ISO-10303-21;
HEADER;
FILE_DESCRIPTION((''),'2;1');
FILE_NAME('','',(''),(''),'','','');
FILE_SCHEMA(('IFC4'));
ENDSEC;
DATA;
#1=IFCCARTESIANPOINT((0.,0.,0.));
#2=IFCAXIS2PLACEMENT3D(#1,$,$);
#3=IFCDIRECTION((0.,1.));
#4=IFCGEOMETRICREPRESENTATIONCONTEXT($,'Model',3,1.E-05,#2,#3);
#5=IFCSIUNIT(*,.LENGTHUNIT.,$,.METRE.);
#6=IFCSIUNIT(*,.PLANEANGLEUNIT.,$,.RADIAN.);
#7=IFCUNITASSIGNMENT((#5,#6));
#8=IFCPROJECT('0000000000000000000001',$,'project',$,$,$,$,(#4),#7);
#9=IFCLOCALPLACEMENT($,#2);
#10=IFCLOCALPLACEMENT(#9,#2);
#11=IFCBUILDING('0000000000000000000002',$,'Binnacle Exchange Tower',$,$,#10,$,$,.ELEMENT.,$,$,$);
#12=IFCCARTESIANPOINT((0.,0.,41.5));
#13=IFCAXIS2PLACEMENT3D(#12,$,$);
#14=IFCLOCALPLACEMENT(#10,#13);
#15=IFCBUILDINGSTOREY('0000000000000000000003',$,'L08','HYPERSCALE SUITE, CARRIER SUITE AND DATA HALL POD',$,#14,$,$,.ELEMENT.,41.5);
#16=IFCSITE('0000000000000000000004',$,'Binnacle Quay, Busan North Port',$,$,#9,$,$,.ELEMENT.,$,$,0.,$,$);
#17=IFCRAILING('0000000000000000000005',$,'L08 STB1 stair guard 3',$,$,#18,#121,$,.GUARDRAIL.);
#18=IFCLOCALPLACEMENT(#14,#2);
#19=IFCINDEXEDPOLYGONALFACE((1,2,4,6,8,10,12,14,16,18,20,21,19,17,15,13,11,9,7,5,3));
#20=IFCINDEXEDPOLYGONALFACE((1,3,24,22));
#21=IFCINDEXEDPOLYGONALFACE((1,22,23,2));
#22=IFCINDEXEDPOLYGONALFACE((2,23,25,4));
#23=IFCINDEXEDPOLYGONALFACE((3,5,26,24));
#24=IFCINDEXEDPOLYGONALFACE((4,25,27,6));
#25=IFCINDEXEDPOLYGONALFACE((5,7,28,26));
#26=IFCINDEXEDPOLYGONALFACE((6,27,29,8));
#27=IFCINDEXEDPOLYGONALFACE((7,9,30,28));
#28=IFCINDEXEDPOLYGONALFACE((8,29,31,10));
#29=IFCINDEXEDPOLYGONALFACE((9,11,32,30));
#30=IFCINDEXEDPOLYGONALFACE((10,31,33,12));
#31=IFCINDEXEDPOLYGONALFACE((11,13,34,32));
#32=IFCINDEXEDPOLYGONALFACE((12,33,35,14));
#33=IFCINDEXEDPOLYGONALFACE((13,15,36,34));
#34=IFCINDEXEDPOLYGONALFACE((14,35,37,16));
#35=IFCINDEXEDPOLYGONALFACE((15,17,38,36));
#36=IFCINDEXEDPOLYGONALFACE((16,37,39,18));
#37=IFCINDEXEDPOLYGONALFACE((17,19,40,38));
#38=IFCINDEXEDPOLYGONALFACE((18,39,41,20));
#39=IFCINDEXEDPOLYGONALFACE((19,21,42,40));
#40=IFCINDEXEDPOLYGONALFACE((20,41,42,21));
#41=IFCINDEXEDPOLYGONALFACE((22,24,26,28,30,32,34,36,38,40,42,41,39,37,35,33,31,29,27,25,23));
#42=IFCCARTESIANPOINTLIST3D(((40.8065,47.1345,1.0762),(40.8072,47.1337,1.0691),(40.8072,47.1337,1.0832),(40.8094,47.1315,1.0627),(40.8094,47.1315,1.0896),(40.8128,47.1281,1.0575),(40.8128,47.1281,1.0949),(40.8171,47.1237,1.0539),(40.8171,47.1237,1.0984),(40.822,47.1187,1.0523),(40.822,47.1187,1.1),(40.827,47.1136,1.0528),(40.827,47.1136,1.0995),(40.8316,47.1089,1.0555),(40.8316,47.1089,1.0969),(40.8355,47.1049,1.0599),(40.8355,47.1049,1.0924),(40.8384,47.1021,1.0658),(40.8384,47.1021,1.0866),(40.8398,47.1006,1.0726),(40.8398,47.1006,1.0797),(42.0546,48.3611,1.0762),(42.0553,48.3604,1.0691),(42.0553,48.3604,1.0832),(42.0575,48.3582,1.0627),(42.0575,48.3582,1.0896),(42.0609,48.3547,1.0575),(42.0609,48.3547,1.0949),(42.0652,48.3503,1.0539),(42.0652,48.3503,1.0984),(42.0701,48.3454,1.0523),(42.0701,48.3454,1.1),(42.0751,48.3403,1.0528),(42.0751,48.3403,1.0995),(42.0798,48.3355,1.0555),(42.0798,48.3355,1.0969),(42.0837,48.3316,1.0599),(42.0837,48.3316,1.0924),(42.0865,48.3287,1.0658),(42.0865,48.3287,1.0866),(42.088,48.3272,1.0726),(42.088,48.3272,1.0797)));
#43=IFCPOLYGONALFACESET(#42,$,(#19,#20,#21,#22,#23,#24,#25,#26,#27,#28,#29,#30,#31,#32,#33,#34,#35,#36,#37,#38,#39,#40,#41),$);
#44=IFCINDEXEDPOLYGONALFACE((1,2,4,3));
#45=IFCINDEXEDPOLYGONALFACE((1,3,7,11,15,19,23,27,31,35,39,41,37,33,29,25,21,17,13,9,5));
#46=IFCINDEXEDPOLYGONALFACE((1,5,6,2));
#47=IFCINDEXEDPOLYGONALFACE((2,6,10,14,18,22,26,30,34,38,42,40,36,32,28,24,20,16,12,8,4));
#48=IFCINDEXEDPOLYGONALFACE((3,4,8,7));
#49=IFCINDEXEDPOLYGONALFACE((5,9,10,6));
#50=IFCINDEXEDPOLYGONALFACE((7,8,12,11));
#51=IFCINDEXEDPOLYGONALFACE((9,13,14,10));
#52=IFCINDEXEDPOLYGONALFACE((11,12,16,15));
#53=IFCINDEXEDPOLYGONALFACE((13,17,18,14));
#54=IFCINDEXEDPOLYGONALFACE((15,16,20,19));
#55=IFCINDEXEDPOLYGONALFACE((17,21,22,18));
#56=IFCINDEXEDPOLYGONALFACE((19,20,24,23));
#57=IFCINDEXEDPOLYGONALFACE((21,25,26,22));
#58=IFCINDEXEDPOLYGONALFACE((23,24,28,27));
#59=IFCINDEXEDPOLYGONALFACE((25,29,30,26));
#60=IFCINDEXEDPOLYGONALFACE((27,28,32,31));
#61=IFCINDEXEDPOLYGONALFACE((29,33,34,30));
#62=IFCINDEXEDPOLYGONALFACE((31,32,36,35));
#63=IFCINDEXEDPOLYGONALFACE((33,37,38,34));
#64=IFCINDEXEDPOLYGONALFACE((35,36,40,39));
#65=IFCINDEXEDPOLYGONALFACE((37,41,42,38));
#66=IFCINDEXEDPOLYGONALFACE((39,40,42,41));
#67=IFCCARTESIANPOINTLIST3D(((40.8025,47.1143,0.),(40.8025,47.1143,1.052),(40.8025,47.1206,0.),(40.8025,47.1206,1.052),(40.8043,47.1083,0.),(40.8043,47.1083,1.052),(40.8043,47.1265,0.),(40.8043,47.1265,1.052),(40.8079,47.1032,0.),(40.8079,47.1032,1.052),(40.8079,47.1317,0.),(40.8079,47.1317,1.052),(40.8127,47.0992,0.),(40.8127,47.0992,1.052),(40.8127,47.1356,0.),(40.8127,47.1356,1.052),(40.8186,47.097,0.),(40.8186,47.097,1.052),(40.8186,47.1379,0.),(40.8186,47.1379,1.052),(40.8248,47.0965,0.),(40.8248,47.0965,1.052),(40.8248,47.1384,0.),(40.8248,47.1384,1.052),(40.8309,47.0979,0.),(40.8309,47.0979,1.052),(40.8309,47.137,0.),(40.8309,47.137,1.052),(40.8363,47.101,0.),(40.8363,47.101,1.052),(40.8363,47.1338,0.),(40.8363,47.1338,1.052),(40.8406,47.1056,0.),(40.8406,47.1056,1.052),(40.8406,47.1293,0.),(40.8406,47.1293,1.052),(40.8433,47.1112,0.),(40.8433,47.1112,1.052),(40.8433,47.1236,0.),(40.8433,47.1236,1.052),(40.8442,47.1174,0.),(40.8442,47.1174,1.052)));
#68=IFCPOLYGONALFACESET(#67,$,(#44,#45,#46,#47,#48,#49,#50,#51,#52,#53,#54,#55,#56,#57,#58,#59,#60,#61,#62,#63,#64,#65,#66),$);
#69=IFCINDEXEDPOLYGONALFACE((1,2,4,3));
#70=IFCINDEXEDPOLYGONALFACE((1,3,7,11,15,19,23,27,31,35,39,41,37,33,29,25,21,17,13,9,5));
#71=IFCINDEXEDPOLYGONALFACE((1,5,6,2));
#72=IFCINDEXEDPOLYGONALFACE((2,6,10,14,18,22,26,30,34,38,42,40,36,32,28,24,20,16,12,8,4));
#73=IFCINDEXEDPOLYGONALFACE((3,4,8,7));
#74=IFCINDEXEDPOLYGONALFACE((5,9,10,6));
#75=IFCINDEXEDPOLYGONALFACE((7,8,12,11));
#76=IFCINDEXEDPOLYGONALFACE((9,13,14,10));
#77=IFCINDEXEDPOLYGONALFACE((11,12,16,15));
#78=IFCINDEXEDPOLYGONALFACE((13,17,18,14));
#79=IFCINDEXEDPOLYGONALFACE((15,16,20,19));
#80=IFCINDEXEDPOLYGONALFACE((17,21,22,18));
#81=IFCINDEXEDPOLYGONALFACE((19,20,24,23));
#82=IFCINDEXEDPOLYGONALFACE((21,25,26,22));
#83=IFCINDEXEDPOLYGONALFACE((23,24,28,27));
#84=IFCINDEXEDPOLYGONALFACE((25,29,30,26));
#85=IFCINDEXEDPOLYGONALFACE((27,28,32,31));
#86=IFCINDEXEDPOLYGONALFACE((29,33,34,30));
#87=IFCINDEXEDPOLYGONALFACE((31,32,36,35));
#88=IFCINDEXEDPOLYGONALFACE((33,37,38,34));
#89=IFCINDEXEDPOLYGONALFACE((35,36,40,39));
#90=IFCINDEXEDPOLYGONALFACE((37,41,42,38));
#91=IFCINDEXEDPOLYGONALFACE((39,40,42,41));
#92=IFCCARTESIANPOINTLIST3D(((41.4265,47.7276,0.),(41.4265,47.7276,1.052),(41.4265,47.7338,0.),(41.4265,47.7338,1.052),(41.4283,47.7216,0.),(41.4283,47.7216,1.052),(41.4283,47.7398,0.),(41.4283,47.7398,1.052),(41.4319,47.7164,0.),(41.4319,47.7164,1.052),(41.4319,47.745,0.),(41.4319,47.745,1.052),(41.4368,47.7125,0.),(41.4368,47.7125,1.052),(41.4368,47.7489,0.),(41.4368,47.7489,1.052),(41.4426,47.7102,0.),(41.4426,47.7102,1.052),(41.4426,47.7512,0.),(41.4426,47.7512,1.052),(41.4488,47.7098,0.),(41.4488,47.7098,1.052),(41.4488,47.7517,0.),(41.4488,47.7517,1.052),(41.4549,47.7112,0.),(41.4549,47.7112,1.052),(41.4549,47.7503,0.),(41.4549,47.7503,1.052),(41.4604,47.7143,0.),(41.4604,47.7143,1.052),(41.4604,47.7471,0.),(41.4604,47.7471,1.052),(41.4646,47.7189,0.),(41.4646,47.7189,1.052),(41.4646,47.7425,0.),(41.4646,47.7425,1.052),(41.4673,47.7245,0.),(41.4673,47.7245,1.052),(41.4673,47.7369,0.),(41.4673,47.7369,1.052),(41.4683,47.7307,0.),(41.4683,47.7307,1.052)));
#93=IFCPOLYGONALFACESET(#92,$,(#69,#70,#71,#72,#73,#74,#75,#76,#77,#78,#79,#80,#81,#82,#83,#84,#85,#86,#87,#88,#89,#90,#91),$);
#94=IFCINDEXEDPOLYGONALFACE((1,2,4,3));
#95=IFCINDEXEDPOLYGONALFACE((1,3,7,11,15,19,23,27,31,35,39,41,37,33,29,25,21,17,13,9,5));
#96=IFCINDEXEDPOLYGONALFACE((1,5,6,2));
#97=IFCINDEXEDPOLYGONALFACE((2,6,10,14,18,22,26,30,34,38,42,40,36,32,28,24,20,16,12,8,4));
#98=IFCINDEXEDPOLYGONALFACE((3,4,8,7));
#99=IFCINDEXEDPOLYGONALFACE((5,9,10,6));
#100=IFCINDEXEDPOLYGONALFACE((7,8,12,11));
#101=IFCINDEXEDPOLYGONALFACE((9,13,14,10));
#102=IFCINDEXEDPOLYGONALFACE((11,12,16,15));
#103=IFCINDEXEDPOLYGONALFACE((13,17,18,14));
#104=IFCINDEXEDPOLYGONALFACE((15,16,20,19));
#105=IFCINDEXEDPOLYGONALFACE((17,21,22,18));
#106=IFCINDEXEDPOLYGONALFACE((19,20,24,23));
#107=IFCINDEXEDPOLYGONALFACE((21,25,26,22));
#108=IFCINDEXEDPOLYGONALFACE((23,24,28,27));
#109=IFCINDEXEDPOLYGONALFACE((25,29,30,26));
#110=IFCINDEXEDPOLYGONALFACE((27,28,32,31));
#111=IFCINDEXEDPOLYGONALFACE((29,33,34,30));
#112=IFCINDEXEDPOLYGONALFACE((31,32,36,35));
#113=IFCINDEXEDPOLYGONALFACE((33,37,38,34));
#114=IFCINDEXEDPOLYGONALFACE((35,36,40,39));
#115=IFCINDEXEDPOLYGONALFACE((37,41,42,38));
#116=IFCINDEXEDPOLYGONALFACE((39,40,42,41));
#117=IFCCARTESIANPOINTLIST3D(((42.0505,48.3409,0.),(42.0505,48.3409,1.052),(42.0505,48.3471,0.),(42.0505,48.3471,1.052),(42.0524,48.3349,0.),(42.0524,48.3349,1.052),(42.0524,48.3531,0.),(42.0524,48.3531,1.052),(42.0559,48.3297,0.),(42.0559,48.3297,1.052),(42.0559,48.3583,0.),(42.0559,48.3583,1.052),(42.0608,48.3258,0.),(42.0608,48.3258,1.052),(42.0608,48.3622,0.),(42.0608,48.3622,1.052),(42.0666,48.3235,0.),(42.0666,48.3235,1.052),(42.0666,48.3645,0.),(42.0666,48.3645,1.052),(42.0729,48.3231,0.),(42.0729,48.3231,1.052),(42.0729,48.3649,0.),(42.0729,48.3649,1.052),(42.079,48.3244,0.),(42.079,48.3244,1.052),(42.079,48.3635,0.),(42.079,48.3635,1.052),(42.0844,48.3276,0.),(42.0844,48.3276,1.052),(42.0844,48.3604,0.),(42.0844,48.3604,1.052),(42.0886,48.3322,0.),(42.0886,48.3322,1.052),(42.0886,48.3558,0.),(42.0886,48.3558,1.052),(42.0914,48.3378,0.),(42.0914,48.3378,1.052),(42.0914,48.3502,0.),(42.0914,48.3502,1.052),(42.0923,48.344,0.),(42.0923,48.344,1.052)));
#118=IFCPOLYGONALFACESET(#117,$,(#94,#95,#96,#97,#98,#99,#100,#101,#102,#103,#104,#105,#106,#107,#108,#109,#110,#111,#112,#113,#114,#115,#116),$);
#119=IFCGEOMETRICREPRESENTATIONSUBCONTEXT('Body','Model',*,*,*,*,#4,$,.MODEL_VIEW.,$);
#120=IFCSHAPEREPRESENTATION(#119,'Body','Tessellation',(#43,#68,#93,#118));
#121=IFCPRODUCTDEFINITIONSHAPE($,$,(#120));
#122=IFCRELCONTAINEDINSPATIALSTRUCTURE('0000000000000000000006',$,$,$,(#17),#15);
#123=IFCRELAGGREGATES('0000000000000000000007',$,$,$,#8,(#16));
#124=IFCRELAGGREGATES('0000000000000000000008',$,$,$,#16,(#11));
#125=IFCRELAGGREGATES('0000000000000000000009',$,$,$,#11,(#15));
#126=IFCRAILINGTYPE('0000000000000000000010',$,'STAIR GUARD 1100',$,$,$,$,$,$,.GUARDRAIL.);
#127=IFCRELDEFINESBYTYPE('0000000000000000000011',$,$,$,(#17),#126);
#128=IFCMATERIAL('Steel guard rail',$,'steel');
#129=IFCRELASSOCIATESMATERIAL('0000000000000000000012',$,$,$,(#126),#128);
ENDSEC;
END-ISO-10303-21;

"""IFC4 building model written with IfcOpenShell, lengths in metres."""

from ifc_helpers import new_model, si_unit, direction, frame, origin, origin_2d, place, context, subcontext, project, spatial, circle, extrude, material, type_object, element, save


model = new_model("IFC4")

# Units and contexts
model_context = context("Model", 3, precision=1e-05, world=origin(), true_north=direction((0.0, 1.0)))
body_context = subcontext(model_context, "Body", "Model", "MODEL_VIEW")
ifc_project = project(units=[si_unit("LENGTHUNIT", "METRE"), si_unit("PLANEANGLEUNIT", "RADIAN")], contexts=[model_context])

# Site, building, storey
site_placement = place(None, origin())
site = spatial("IfcSite", under=ifc_project, at=site_placement, Name="Binnacle Quay, Busan North Port", CompositionType="ELEMENT", RefElevation=0.0)
building_placement = place(site_placement, origin())
building = spatial("IfcBuilding", under=site, at=building_placement, Name="Binnacle Exchange Tower", CompositionType="ELEMENT")
storey_placement = place(building_placement, frame((0.0, 0.0, 41.5)))
storey = spatial("IfcBuildingStorey", under=building, at=storey_placement, Name="L08", Description="HYPERSCALE SUITE, CARRIER SUITE AND DATA HALL POD", CompositionType="ELEMENT", Elevation=41.5)

# Railing
ifc_material_1 = material(Name="Steel guard rail", Category="steel")
railing_type_1 = type_object("IfcRailingType", Name="STAIR GUARD 1100", PredefinedType="GUARDRAIL", material=ifc_material_1)
railing_1_placement = place(storey_placement, frame((40.8232, 47.1174, 0.0)))
element("IfcRailing", 1, at=railing_1_placement, inside=storey, type_object=railing_type_1, Name="L08 STB1 stair guard 3", PredefinedType="GUARDRAIL", context=body_context, shape_type="SweptSolid", body=[
    extrude(circle(Radius=0.0239, at=origin_2d()), frame((0.0, 0.0, 1.0762), z_axis=(0.713219, 0.700941, 0.0), x_axis=(-0.700941, 0.713219, 0.0)), (0.0, 0.0, 1.0), 1.75),
    extrude(circle(Radius=0.021, at=origin_2d()), origin(), (0.0, 0.0, 1.0), 1.052),
    extrude(circle(Radius=0.021, at=origin_2d()), frame((0.624, 0.6133, 0.0)), (0.0, 0.0, 1.0), 1.052),
    extrude(circle(Radius=0.021, at=origin_2d()), frame((1.248, 1.2266, 0.0)), (0.0, 0.0, 1.0), 1.052),
])

save(model, "model.ifc")
